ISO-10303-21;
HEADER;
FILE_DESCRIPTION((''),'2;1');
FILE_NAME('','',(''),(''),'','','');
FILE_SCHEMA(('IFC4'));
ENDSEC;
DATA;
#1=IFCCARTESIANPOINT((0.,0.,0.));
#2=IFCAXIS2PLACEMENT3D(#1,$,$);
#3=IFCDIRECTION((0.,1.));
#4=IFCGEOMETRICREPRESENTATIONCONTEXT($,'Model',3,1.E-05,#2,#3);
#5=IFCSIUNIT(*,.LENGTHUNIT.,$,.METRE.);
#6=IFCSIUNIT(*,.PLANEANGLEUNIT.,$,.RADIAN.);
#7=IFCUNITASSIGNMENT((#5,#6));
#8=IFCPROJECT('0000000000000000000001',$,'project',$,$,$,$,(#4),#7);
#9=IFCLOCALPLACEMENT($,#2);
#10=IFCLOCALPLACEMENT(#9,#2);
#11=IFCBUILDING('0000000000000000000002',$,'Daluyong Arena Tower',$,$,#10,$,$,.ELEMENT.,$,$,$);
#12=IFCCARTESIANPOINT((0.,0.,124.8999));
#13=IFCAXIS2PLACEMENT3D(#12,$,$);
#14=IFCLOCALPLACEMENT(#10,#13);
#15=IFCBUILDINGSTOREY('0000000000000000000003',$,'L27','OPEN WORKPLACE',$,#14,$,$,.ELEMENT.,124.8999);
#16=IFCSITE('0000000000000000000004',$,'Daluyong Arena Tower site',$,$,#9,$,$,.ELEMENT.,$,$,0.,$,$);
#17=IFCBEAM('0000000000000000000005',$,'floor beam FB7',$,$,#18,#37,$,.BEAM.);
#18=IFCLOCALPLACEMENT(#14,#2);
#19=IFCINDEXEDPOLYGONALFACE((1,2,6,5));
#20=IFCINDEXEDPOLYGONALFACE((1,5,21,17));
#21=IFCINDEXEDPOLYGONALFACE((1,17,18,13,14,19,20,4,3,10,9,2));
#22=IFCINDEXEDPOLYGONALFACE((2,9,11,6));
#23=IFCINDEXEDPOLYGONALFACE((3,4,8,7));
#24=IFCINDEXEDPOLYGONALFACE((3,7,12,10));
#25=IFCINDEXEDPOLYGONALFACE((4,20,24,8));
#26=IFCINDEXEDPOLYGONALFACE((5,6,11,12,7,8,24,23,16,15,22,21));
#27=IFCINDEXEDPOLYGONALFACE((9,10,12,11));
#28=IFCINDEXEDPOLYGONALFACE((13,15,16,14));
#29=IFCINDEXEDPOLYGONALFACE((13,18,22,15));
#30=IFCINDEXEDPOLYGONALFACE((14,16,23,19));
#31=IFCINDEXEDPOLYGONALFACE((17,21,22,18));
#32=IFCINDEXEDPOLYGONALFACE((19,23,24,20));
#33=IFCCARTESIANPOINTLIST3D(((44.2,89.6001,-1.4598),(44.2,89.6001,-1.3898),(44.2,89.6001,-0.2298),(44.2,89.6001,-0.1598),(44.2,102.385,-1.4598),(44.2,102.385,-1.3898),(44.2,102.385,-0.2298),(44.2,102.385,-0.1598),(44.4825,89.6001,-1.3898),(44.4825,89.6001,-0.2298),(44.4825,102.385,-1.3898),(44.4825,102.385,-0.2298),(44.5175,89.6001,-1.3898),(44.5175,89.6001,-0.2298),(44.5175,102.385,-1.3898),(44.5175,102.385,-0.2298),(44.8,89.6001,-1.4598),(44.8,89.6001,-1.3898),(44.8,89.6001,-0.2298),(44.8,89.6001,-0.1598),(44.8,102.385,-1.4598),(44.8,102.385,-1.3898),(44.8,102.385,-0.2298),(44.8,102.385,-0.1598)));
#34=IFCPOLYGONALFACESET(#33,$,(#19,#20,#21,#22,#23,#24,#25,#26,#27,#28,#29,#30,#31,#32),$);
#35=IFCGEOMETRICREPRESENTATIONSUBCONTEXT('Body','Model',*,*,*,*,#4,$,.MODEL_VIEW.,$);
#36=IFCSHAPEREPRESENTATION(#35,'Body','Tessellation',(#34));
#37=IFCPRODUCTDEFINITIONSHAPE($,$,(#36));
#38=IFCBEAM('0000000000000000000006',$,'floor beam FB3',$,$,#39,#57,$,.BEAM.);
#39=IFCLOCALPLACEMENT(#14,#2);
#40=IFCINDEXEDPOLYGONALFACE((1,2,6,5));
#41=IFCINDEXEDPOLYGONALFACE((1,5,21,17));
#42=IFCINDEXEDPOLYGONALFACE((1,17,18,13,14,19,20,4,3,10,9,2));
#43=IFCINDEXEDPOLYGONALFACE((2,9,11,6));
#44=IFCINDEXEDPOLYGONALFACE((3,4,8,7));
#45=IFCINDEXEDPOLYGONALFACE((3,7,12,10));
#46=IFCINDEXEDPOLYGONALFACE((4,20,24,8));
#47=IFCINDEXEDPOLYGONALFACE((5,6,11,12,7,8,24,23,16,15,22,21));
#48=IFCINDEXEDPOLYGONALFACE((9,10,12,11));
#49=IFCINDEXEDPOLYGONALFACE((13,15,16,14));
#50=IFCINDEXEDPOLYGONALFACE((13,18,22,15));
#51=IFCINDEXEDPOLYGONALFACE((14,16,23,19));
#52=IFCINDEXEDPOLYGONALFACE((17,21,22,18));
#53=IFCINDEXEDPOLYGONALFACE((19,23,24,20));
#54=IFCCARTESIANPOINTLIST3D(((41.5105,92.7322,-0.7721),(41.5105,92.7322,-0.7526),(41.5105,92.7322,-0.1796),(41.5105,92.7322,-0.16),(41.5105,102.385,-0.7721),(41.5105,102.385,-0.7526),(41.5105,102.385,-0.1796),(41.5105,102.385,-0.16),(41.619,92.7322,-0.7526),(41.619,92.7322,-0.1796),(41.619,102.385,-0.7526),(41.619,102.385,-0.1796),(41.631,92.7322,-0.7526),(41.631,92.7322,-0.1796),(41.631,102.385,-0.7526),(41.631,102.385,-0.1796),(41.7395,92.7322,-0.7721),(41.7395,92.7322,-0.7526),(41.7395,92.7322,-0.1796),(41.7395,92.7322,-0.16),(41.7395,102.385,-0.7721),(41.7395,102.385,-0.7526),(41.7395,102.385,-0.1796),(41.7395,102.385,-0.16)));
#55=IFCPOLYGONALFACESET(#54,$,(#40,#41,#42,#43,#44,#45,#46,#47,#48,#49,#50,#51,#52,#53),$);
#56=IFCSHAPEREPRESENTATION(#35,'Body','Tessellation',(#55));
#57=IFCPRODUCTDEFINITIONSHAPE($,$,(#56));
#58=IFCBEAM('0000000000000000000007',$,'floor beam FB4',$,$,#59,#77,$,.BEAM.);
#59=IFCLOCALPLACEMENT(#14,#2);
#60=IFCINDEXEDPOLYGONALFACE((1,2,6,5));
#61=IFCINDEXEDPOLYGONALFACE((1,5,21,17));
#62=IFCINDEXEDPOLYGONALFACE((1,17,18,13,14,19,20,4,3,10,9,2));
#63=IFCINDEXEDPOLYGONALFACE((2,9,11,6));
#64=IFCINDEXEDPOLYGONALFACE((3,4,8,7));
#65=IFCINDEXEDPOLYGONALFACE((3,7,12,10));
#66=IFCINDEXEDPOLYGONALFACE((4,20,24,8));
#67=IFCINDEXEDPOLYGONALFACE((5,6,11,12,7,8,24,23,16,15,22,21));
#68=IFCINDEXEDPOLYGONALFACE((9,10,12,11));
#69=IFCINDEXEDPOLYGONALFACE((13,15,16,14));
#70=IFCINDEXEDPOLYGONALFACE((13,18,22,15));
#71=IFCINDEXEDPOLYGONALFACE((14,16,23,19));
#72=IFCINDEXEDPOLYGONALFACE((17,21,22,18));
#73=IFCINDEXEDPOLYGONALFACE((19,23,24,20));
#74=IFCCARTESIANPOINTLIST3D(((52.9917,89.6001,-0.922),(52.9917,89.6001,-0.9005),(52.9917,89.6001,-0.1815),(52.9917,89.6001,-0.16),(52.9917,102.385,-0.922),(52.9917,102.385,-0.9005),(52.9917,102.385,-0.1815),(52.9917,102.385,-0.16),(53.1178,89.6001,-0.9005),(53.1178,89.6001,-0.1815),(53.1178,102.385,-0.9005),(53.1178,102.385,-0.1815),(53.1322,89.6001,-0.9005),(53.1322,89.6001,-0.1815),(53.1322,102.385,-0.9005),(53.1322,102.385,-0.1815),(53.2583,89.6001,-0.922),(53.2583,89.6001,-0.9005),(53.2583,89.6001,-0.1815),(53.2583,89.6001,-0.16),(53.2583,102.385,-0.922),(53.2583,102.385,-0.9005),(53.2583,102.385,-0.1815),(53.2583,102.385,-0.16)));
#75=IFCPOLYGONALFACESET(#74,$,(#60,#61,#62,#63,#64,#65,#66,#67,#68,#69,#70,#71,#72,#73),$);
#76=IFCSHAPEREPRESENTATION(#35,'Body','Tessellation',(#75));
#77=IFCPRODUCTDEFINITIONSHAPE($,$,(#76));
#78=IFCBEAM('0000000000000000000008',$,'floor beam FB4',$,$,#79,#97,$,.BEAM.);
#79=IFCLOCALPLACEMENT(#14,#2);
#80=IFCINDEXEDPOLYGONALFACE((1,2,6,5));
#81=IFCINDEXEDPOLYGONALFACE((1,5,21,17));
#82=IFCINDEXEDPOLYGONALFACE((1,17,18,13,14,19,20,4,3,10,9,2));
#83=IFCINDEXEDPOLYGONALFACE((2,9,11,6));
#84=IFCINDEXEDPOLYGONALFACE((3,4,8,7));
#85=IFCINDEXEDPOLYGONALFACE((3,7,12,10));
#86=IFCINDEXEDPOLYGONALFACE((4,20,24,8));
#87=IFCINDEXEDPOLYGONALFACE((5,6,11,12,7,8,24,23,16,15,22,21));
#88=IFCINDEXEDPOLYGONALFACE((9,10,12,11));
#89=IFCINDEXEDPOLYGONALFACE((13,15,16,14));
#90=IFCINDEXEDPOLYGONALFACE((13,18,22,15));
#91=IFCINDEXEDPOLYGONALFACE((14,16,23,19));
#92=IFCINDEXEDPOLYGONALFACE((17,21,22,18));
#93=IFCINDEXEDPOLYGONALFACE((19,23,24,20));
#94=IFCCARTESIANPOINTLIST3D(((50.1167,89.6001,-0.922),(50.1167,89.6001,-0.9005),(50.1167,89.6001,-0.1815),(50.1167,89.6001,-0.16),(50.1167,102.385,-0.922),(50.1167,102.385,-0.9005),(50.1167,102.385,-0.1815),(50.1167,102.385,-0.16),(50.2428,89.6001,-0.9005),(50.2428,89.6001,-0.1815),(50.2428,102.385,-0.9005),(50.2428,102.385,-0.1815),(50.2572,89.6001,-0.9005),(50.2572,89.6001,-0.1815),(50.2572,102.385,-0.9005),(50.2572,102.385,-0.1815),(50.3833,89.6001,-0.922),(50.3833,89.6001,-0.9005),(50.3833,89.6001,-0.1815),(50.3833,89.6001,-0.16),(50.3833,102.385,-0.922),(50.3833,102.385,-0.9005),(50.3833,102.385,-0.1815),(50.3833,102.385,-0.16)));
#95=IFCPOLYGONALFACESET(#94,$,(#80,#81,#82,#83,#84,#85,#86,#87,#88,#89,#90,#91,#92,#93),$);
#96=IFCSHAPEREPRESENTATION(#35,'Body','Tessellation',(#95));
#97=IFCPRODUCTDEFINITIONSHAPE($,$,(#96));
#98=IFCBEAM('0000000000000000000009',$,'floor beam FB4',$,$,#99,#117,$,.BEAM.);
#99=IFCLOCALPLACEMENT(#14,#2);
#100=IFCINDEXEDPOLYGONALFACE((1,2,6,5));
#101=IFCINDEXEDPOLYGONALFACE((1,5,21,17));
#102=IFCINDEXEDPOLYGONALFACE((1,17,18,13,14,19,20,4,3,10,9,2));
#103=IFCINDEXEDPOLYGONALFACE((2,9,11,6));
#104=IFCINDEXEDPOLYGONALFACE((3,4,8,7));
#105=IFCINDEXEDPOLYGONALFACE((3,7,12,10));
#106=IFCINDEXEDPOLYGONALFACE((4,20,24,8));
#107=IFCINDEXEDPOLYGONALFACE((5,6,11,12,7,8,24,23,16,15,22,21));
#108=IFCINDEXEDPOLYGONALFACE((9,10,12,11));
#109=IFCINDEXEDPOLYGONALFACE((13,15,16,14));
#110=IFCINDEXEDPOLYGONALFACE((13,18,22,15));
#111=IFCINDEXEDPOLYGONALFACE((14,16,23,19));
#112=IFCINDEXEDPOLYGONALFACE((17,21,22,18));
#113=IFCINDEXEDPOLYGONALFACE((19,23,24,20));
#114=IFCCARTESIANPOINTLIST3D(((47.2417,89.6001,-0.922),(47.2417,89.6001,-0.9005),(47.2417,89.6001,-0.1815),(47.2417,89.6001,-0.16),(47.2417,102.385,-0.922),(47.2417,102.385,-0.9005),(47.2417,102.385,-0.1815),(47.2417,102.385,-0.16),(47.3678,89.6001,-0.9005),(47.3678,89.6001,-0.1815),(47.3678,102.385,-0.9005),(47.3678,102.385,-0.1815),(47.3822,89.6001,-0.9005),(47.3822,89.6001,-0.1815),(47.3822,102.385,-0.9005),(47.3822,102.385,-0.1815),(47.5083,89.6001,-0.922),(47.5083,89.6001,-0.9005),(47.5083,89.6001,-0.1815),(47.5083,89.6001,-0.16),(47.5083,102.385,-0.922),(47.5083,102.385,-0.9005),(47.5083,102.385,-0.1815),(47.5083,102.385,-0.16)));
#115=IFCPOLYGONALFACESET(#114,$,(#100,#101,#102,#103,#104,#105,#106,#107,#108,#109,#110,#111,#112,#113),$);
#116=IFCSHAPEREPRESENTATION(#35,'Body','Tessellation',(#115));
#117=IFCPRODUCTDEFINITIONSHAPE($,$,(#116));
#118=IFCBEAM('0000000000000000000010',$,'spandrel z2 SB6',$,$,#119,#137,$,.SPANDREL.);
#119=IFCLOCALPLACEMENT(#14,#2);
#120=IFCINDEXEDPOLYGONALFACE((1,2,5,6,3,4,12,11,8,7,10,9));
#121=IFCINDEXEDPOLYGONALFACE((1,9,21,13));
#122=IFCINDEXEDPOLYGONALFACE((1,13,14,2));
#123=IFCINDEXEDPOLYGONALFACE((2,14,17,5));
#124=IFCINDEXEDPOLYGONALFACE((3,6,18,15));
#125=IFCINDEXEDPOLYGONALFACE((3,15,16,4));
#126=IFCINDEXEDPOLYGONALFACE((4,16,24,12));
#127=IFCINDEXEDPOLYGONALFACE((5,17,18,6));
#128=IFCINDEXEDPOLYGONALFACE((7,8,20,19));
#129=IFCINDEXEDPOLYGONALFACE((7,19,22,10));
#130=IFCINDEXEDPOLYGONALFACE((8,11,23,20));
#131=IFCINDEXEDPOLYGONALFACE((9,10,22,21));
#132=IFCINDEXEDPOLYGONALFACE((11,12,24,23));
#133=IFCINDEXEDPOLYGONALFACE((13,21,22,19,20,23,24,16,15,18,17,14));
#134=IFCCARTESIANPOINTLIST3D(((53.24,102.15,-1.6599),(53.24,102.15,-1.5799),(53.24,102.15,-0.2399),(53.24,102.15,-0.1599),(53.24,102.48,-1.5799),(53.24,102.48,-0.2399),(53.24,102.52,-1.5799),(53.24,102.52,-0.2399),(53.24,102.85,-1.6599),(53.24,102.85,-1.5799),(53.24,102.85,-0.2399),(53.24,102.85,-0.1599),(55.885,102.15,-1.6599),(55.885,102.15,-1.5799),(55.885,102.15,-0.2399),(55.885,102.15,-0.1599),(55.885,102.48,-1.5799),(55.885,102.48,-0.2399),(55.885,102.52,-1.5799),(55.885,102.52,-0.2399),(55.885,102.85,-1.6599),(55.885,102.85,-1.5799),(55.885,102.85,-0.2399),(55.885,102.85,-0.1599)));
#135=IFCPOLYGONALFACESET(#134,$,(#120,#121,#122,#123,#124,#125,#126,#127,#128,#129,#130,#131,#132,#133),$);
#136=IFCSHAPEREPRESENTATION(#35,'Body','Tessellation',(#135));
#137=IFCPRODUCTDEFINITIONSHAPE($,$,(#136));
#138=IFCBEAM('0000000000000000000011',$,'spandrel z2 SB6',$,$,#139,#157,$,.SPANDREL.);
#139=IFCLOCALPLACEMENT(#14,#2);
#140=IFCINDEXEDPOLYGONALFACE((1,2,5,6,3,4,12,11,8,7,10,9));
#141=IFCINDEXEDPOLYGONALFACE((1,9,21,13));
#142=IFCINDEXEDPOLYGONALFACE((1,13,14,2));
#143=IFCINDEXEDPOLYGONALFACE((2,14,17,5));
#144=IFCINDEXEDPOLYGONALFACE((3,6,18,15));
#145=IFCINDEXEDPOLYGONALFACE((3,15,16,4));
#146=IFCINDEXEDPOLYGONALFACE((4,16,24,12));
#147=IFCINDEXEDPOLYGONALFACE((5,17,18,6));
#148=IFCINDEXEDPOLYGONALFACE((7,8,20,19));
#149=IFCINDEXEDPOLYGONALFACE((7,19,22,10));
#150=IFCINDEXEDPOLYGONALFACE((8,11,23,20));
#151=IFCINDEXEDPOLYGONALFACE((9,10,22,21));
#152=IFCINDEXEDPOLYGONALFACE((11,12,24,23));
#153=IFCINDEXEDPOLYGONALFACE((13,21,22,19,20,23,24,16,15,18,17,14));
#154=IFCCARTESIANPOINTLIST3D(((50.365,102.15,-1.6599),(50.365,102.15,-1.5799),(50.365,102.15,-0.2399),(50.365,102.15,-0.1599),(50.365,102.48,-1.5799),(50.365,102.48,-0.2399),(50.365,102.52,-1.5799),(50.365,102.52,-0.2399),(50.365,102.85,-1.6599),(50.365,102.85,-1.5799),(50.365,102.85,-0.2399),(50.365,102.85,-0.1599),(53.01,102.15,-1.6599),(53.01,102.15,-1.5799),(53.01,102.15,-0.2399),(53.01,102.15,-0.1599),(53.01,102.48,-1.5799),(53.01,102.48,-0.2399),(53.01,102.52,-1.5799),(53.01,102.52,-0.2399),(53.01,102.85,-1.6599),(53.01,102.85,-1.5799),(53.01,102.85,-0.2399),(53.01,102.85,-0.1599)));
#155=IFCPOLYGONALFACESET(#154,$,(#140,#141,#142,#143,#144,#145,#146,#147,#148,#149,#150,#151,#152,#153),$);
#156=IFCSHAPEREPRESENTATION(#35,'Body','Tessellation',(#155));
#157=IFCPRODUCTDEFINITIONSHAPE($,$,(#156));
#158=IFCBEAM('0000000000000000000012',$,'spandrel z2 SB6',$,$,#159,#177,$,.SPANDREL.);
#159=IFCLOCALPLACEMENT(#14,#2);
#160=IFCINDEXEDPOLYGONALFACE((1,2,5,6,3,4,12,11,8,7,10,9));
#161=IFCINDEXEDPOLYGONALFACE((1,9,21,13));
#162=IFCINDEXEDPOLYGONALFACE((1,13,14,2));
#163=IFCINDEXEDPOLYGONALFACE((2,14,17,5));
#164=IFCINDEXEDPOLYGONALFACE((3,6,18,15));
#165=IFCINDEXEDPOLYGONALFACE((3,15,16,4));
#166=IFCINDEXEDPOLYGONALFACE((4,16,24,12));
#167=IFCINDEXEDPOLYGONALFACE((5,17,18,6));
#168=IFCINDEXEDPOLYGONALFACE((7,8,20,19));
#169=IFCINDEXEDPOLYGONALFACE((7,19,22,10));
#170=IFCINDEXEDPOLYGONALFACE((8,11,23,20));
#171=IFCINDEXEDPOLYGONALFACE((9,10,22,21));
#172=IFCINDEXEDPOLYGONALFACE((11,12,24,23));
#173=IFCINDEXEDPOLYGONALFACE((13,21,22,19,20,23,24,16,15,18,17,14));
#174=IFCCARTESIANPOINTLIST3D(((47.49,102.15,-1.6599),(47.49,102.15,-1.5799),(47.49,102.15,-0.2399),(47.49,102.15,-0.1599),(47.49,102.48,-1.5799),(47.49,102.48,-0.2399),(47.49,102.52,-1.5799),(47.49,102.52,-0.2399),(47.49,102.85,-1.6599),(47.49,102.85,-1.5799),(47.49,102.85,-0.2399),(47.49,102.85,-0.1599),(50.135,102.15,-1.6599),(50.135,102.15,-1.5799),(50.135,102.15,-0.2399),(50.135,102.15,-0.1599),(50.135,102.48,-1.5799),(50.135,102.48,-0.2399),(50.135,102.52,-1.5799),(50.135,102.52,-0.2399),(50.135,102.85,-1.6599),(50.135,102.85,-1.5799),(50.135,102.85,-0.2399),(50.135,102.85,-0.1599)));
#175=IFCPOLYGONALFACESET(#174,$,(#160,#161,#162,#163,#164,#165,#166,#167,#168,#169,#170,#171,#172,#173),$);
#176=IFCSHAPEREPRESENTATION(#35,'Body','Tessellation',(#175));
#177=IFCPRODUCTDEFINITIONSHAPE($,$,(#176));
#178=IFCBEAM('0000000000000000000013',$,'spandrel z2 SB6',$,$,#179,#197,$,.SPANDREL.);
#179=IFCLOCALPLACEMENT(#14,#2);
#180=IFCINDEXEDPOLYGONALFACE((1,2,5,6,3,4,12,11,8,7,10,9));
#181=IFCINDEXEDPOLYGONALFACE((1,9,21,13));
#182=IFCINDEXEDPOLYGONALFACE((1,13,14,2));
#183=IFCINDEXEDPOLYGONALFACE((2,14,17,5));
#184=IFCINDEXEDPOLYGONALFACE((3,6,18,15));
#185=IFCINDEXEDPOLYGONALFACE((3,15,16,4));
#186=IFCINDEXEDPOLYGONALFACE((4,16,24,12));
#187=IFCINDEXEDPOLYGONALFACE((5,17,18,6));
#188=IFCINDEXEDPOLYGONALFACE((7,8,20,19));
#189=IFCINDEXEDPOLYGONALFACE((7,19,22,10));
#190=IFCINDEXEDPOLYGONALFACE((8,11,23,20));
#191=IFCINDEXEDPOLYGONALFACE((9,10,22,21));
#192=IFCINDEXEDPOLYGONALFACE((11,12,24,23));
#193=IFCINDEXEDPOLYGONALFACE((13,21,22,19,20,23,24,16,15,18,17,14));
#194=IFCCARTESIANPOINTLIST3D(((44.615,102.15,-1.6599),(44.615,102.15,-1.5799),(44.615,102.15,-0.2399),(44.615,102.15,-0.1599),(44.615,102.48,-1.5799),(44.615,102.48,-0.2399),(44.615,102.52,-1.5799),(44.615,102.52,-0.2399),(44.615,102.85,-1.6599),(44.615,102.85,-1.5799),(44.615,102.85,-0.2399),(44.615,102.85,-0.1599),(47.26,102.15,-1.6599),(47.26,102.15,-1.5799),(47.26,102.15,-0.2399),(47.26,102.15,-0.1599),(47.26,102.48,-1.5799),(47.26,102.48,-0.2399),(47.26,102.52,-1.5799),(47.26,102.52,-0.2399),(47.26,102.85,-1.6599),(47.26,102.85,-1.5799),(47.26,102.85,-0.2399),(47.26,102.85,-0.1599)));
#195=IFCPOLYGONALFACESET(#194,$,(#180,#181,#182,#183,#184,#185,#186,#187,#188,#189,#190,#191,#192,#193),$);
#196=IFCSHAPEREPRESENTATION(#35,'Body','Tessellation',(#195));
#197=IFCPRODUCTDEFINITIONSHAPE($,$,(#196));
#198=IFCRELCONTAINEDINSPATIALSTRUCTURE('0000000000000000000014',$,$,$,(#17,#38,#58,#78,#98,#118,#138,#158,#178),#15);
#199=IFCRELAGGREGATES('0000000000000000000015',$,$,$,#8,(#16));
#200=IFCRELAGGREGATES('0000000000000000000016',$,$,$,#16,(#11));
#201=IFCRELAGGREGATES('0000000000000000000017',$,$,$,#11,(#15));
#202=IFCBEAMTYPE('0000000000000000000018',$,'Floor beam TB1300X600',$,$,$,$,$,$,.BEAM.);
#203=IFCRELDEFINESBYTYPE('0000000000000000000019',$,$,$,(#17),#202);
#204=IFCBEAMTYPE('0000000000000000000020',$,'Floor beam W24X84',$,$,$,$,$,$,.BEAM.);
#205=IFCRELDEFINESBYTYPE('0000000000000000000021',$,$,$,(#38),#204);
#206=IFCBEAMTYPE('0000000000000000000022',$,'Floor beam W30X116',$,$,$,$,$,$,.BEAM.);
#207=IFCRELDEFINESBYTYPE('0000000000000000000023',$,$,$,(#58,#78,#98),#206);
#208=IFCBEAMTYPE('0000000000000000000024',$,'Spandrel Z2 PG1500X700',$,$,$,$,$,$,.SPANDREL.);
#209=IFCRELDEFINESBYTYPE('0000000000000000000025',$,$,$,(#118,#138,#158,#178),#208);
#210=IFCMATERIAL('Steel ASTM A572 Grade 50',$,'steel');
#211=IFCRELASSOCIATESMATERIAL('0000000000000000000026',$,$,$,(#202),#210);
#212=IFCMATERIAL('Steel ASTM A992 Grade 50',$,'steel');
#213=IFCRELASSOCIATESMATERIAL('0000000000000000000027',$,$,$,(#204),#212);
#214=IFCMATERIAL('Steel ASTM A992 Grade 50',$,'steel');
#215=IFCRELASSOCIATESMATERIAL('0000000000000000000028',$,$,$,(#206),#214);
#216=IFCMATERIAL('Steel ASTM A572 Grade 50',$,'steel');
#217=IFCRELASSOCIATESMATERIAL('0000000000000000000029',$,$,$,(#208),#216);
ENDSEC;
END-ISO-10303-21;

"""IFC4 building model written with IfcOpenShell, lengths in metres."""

from ifc_helpers import new_model, si_unit, direction, frame, origin, origin_2d, place, context, subcontext, project, spatial, i_section, extrude, material, material_profile, profile_set, type_object, element, save


model = new_model("IFC4")

# Units and contexts
model_context = context("Model", 3, precision=1e-05, world=origin(), true_north=direction((0.0, 1.0)))
body_context = subcontext(model_context, "Body", "Model", "MODEL_VIEW")
ifc_project = project(units=[si_unit("LENGTHUNIT", "METRE"), si_unit("PLANEANGLEUNIT", "RADIAN")], contexts=[model_context])

# Site, building, storey
site_placement = place(None, origin())
site = spatial("IfcSite", under=ifc_project, at=site_placement, Name="Daluyong Arena Tower site", CompositionType="ELEMENT", RefElevation=0.0)
building_placement = place(site_placement, origin())
building = spatial("IfcBuilding", under=site, at=building_placement, Name="Daluyong Arena Tower", CompositionType="ELEMENT")
storey_placement = place(building_placement, frame((0.0, 0.0, 124.8999)))
storey = spatial("IfcBuildingStorey", under=building, at=storey_placement, Name="L27", Description="OPEN WORKPLACE", CompositionType="ELEMENT", Elevation=124.8999)

# Beams
ifc_material_1 = material(Name="Steel ASTM A572 Grade 50", Category="steel")
ifc_material_profile_1 = material_profile(ifc_material_1, i_section(OverallWidth=0.6001, OverallDepth=1.3, WebThickness=0.035, FlangeThickness=0.07, at=origin_2d()))
ifc_profile_set_1 = profile_set([ifc_material_profile_1], Name="Steel ASTM A572 Grade 50")
beam_type_1 = type_object("IfcBeamType", Name="Floor beam TB1300X600", PredefinedType="BEAM", material=ifc_profile_set_1)
beam_1_placement = place(storey_placement, frame((44.5, 102.385, -0.8098), z_axis=(0.0, -1.0, 0.0), x_axis=(1.0, 0.0, 0.0)))
element("IfcBeam", 1, at=beam_1_placement, inside=storey, type_object=beam_type_1, Name="floor beam FB7", PredefinedType="BEAM", context=body_context, shape_type="SweptSolid", body=[
    extrude(i_section(OverallWidth=0.6001, OverallDepth=1.3, WebThickness=0.035, FlangeThickness=0.07, at=origin_2d()), origin(), (0.0, 0.0, 1.0), 12.7849),
])
ifc_material_2 = material(Name="Steel ASTM A992 Grade 50", Category="steel")
ifc_material_profile_2 = material_profile(ifc_material_2, i_section(OverallWidth=0.229, OverallDepth=0.6121, WebThickness=0.012, FlangeThickness=0.0195, at=origin_2d()))
ifc_profile_set_2 = profile_set([ifc_material_profile_2], Name="Steel ASTM A992 Grade 50")
beam_type_2 = type_object("IfcBeamType", Name="Floor beam W24X84", PredefinedType="BEAM", material=ifc_profile_set_2)
beam_2_placement = place(storey_placement, frame((41.625, 102.385, -0.4661), z_axis=(0.0, -1.0, 0.0), x_axis=(1.0, 0.0, 0.0)))
element("IfcBeam", 2, at=beam_2_placement, inside=storey, type_object=beam_type_2, Name="floor beam FB3", PredefinedType="BEAM", context=body_context, shape_type="SweptSolid", body=[
    extrude(i_section(OverallWidth=0.229, OverallDepth=0.6121, WebThickness=0.012, FlangeThickness=0.0195, at=origin_2d()), origin(), (0.0, 0.0, 1.0), 9.6528),
])
ifc_material_3 = material(Name="Steel ASTM A992 Grade 50", Category="steel")
ifc_material_profile_3 = material_profile(ifc_material_3, i_section(OverallWidth=0.2666, OverallDepth=0.762, WebThickness=0.0144, FlangeThickness=0.0215, at=origin_2d()))
ifc_profile_set_3 = profile_set([ifc_material_profile_3], Name="Steel ASTM A992 Grade 50")
beam_type_3 = type_object("IfcBeamType", Name="Floor beam W30X116", PredefinedType="BEAM", material=ifc_profile_set_3)
for number, where, z_axis, x_axis, name in (
    (3, (53.125, 102.385, -0.541), (0.0, -1.0, 0.0), (1.0, 0.0, 0.0), "floor beam FB4"),
    (4, (50.25, 102.385, -0.541), (0.0, -1.0, 0.0), (1.0, 0.0, 0.0), "floor beam FB4"),
    (5, (47.375, 102.385, -0.541), (0.0, -1.0, 0.0), (1.0, 0.0, 0.0), "floor beam FB4"),
):
    element("IfcBeam", number, at=place(storey_placement, frame(where, z_axis=z_axis, x_axis=x_axis)), inside=storey, type_object=beam_type_3, Name=name, PredefinedType="BEAM", context=body_context, shape_type="SweptSolid", body=[
        extrude(i_section(OverallWidth=0.2666, OverallDepth=0.762, WebThickness=0.0144, FlangeThickness=0.0215, at=origin_2d()), origin(), (0.0, 0.0, 1.0), 12.7849),
    ])
ifc_material_4 = material(Name="Steel ASTM A572 Grade 50", Category="steel")
ifc_material_profile_4 = material_profile(ifc_material_4, i_section(OverallWidth=0.7, OverallDepth=1.5, WebThickness=0.04, FlangeThickness=0.08, at=origin_2d()))
ifc_profile_set_4 = profile_set([ifc_material_profile_4], Name="Steel ASTM A572 Grade 50")
beam_type_4 = type_object("IfcBeamType", Name="Spandrel Z2 PG1500X700", PredefinedType="SPANDREL", material=ifc_profile_set_4)
for number, where, z_axis, x_axis, name in (
    (6, (55.885, 102.5, -0.9099), (-1.0, 0.0, 0.0), (0.0, -1.0, 0.0), "spandrel z2 SB6"),
    (7, (53.01, 102.5, -0.9099), (-1.0, 0.0, 0.0), (0.0, -1.0, 0.0), "spandrel z2 SB6"),
    (8, (50.135, 102.5, -0.9099), (-1.0, 0.0, 0.0), (0.0, -1.0, 0.0), "spandrel z2 SB6"),
    (9, (47.26, 102.5, -0.9099), (-1.0, 0.0, 0.0), (0.0, -1.0, 0.0), "spandrel z2 SB6"),
):
    element("IfcBeam", number, at=place(storey_placement, frame(where, z_axis=z_axis, x_axis=x_axis)), inside=storey, type_object=beam_type_4, Name=name, PredefinedType="SPANDREL", context=body_context, shape_type="SweptSolid", body=[
        extrude(i_section(OverallWidth=0.7, OverallDepth=1.5, WebThickness=0.04, FlangeThickness=0.08, at=origin_2d()), origin(), (0.0, 0.0, 1.0), 2.645),
    ])

save(model, "model.ifc")
